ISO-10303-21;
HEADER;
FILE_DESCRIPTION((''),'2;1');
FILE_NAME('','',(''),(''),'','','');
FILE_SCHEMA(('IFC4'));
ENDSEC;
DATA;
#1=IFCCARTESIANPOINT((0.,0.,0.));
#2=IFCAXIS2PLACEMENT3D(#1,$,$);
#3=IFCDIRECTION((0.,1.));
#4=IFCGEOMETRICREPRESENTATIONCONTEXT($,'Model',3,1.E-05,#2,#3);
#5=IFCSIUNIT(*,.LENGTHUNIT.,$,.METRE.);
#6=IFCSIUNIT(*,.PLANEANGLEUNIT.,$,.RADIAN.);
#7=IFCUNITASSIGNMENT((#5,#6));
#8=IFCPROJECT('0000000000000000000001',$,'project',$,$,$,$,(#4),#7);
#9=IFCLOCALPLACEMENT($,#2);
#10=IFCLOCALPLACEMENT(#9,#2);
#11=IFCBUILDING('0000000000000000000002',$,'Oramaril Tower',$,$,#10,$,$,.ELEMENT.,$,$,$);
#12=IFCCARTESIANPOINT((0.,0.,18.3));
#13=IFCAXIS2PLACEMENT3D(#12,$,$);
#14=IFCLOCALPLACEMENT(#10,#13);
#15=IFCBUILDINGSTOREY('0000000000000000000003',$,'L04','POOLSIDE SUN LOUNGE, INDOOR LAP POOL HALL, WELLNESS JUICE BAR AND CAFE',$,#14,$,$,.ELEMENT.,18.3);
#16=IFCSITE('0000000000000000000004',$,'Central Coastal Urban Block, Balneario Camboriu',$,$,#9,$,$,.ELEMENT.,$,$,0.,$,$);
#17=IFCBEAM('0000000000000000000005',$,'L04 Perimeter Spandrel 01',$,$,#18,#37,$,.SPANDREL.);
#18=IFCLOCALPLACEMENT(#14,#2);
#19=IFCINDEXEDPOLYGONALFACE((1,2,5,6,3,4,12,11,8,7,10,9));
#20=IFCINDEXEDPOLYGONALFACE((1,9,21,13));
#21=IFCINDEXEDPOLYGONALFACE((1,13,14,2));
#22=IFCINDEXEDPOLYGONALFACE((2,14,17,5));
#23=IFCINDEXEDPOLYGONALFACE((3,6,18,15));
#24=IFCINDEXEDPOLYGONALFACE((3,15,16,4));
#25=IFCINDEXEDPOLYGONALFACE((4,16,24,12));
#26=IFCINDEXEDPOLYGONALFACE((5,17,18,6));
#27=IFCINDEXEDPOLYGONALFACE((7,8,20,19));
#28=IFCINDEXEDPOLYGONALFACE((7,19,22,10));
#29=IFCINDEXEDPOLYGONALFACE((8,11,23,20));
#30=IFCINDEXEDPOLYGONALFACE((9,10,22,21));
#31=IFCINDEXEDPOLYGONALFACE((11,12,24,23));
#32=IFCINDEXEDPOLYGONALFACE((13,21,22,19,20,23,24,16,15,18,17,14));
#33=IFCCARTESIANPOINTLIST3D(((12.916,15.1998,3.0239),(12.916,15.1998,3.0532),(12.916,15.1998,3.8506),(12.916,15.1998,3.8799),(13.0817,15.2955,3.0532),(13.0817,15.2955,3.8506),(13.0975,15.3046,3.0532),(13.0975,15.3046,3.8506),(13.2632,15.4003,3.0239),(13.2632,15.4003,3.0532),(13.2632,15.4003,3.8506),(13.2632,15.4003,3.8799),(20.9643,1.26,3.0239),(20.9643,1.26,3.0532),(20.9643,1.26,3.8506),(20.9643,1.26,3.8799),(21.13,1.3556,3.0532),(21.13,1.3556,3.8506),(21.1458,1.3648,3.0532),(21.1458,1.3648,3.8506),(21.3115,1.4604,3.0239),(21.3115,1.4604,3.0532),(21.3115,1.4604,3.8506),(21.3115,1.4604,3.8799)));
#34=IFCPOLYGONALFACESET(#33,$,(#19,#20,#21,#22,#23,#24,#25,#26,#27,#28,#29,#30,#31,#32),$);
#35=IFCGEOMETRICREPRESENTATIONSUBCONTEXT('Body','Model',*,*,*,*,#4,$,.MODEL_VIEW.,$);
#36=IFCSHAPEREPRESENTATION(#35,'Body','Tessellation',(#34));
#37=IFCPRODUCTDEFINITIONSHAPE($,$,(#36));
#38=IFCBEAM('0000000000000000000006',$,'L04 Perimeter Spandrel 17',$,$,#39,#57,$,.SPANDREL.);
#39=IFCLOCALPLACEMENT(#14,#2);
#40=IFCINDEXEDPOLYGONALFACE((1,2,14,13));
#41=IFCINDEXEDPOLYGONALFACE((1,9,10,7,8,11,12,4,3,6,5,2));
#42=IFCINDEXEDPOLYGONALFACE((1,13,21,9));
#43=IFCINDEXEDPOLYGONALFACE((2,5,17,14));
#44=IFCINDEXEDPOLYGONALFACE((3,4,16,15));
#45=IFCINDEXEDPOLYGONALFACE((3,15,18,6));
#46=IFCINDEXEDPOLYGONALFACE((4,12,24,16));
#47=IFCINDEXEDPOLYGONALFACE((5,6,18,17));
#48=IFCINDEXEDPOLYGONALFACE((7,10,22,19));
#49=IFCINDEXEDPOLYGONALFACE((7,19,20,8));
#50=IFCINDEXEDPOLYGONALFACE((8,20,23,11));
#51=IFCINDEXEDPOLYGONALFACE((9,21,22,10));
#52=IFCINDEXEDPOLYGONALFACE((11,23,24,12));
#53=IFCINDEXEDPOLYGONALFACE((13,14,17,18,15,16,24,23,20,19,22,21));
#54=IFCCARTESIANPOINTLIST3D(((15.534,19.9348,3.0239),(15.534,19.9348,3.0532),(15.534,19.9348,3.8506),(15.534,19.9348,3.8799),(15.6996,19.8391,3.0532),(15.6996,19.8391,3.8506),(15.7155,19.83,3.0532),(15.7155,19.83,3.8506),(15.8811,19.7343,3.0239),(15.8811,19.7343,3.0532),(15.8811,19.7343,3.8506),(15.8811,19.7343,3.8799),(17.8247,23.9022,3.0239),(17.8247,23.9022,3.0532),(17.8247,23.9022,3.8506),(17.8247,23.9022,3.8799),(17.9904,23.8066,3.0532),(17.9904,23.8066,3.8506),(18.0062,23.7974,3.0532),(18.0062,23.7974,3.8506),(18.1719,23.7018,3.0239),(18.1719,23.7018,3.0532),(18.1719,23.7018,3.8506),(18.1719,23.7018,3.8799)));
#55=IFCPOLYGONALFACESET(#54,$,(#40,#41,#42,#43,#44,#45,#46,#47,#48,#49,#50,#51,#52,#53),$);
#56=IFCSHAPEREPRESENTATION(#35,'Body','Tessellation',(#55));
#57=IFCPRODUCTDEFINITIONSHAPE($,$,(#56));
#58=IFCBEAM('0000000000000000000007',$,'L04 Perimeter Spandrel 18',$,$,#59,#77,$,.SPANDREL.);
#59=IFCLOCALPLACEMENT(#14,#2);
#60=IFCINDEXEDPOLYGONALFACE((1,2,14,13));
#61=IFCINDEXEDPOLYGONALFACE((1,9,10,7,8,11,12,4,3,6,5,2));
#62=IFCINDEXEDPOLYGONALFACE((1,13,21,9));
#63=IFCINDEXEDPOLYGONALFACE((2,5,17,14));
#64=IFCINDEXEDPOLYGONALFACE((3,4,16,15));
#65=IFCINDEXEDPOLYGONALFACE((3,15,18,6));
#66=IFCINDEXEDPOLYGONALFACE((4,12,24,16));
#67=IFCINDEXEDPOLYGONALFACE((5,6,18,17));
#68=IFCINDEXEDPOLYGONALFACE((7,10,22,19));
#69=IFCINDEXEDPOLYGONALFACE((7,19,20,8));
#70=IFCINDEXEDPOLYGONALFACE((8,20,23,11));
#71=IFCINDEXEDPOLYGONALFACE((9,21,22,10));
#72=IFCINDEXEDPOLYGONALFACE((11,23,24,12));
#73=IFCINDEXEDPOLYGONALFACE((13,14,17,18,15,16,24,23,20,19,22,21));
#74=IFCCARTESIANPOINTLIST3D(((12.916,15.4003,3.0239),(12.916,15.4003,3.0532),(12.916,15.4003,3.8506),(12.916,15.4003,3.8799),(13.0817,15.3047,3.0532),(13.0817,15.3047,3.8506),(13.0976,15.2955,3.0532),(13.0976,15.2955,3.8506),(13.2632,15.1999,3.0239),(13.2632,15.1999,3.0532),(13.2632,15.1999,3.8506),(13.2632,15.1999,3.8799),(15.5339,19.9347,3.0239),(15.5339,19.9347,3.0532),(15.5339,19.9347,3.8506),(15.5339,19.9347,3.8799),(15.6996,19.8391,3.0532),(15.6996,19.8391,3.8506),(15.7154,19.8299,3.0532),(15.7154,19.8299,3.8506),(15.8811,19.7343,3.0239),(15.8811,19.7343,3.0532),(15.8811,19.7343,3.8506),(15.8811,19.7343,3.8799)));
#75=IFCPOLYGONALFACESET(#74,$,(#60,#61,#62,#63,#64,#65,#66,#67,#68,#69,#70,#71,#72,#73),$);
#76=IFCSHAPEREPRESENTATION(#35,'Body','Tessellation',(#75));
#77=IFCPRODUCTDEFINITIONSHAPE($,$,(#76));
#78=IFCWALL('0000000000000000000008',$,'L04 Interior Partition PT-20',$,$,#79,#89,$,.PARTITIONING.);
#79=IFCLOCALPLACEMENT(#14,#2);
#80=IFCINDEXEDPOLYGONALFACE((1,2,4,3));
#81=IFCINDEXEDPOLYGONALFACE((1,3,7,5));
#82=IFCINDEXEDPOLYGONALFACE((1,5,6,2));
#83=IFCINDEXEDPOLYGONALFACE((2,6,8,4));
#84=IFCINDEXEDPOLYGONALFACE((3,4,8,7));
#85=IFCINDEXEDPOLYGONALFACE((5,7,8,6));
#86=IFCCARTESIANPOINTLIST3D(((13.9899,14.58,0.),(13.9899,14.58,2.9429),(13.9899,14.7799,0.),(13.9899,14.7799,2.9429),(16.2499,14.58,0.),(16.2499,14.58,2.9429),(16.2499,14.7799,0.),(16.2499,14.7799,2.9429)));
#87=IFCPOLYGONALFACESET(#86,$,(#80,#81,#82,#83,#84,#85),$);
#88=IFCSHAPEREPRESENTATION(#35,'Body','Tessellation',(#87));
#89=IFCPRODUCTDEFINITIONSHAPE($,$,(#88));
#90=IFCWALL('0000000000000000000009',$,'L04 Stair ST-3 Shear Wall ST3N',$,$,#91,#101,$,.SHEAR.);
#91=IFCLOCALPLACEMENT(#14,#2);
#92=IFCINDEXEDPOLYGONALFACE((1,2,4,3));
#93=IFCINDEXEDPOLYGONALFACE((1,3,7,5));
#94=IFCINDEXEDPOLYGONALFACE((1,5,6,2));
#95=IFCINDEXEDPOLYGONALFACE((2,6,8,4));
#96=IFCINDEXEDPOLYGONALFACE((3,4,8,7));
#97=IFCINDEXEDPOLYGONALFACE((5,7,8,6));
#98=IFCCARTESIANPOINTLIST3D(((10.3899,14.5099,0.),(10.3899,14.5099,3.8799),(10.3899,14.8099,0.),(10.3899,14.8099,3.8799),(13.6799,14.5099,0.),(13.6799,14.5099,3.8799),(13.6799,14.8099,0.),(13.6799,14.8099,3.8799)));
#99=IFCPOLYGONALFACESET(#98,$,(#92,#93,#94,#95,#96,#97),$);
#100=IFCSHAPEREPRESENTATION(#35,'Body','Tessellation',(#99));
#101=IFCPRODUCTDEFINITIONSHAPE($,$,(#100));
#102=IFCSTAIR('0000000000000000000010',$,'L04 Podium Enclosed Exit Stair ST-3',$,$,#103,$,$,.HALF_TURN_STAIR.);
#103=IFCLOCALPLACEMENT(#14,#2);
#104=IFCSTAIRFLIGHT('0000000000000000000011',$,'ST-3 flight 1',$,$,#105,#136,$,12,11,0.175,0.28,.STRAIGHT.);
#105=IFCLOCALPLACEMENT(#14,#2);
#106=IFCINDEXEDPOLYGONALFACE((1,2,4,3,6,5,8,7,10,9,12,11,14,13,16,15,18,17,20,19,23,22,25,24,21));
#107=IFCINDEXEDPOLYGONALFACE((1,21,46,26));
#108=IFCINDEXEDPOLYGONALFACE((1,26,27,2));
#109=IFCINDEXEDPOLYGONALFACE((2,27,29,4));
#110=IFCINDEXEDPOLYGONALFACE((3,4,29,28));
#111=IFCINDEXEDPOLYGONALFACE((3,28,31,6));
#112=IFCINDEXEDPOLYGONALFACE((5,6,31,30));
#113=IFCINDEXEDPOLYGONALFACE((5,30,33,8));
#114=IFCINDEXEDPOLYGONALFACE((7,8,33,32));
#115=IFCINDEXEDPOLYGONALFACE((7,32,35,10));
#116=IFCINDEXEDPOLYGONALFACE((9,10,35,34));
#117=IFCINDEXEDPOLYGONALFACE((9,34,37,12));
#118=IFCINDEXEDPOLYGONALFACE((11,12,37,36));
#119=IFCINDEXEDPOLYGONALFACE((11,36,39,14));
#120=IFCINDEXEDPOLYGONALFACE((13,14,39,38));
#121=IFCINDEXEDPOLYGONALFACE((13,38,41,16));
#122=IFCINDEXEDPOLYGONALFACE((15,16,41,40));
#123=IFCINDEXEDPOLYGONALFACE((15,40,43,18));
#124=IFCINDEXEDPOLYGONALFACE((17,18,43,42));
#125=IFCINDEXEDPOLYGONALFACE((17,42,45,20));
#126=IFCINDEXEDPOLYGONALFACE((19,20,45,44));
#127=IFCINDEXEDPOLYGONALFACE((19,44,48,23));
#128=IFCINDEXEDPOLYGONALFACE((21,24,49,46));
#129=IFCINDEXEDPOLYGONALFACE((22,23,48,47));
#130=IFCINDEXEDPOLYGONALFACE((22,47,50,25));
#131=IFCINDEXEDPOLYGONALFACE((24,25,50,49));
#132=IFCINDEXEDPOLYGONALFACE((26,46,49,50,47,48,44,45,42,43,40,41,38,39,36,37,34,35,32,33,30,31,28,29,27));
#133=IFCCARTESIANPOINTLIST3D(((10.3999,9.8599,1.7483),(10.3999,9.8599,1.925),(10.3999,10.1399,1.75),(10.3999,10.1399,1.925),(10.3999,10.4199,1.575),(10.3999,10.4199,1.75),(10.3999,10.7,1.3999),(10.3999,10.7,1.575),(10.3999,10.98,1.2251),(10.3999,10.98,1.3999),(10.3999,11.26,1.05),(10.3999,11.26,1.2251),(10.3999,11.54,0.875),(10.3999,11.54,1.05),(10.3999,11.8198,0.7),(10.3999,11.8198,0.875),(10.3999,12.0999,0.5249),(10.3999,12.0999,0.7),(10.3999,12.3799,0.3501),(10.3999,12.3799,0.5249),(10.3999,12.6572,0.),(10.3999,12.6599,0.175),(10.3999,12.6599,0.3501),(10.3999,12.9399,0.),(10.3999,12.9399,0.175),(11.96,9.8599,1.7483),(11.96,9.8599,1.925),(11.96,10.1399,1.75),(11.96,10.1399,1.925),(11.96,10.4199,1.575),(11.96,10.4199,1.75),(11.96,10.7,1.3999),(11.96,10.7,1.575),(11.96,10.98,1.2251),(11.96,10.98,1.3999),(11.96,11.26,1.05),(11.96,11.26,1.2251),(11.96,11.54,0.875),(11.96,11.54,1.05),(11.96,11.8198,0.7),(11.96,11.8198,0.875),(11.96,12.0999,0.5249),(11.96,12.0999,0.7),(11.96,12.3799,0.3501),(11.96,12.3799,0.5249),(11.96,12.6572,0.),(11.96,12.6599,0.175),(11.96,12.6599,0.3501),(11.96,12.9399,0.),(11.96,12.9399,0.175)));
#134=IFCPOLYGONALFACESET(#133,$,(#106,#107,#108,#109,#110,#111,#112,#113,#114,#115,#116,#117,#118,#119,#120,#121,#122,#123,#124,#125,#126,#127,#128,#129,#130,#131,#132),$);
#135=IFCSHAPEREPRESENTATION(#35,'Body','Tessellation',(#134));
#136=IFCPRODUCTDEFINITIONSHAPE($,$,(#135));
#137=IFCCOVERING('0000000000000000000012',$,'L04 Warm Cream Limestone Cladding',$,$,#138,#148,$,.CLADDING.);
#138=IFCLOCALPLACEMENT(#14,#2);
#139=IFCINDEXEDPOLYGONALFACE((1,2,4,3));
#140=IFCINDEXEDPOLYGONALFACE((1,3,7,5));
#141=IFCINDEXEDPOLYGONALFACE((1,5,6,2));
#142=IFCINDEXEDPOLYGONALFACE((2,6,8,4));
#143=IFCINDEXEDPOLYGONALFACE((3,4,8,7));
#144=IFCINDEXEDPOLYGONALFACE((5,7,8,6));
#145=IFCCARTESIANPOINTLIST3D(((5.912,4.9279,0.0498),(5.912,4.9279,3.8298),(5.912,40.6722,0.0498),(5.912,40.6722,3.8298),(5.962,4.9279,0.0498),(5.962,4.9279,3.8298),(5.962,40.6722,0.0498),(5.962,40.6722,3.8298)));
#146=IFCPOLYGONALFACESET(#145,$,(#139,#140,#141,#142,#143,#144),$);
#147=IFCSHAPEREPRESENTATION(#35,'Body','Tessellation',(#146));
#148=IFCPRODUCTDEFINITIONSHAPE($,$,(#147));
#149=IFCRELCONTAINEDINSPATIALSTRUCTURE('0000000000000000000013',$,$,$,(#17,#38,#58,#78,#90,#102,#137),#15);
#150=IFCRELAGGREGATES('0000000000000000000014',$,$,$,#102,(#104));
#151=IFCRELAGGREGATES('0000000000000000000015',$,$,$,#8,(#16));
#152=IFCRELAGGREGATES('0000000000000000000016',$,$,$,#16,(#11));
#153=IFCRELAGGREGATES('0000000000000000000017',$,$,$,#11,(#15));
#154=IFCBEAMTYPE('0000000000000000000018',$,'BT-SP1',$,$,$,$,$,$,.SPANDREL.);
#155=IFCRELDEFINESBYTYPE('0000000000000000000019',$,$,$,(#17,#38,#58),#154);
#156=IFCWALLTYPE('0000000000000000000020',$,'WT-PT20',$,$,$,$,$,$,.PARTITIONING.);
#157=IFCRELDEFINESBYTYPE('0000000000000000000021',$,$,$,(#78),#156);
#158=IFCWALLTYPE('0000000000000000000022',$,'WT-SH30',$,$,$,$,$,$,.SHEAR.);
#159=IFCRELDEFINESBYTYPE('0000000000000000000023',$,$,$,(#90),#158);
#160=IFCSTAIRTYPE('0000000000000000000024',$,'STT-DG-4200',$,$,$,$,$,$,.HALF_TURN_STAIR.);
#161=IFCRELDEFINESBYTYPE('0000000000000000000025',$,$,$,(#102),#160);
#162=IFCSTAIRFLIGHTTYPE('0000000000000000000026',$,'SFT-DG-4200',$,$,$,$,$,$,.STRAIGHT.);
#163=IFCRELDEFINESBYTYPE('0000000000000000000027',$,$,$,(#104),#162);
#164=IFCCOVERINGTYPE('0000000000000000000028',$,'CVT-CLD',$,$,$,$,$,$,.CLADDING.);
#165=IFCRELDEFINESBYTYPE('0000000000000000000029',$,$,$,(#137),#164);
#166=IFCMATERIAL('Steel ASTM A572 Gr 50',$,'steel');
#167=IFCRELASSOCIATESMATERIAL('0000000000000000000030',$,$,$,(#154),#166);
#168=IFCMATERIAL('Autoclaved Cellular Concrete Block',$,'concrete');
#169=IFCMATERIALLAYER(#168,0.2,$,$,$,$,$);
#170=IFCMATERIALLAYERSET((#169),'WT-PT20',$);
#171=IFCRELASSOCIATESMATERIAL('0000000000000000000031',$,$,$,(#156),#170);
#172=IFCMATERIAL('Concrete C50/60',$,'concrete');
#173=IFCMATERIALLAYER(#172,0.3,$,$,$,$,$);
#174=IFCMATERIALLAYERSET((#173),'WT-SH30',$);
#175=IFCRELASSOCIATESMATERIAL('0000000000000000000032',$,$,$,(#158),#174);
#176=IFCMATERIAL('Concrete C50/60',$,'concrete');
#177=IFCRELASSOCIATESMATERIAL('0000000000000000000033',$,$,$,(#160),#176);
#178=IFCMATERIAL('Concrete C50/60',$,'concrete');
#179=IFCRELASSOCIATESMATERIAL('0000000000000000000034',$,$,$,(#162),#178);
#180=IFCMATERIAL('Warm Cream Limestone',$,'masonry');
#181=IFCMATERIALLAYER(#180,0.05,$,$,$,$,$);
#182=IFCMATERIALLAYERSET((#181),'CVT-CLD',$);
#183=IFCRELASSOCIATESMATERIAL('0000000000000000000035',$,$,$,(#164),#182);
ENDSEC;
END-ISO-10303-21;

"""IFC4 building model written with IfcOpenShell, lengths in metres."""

from ifc_helpers import new_model, si_unit, direction, frame, frame_2d, origin, origin_2d, place, context, subcontext, project, spatial, polyline, rectangle, i_section, outline, extrude, material, layer, layer_set, material_profile, profile_set, type_object, element, aggregate, save


model = new_model("IFC4")

# Units and contexts
model_context = context("Model", 3, precision=1e-05, world=origin(), true_north=direction((0.0, 1.0)))
body_context = subcontext(model_context, "Body", "Model", "MODEL_VIEW")
ifc_project = project(units=[si_unit("LENGTHUNIT", "METRE"), si_unit("PLANEANGLEUNIT", "RADIAN")], contexts=[model_context])

# Site, building, storey
site_placement = place(None, origin())
site = spatial("IfcSite", under=ifc_project, at=site_placement, Name="Central Coastal Urban Block, Balneario Camboriu", CompositionType="ELEMENT", RefElevation=0.0)
building_placement = place(site_placement, origin())
building = spatial("IfcBuilding", under=site, at=building_placement, Name="Oramaril Tower", CompositionType="ELEMENT")
storey_placement = place(building_placement, frame((0.0, 0.0, 18.3)))
storey = spatial("IfcBuildingStorey", under=building, at=storey_placement, Name="L04", Description="POOLSIDE SUN LOUNGE, INDOOR LAP POOL HALL, WELLNESS JUICE BAR AND CAFE", CompositionType="ELEMENT", Elevation=18.3)

# Beams
ifc_material_1 = material(Name="Steel ASTM A572 Gr 50", Category="steel")
ifc_material_profile_1 = material_profile(ifc_material_1, i_section(OverallWidth=0.4009, OverallDepth=0.856, WebThickness=0.0183, FlangeThickness=0.0293, at=origin_2d()), Name="W33X201")
ifc_profile_set_1 = profile_set([ifc_material_profile_1], Name="Steel ASTM A572 Gr 50")
beam_type_1 = type_object("IfcBeamType", Name="BT-SP1", PredefinedType="SPANDREL", material=ifc_profile_set_1)
beam_1_placement = place(storey_placement, frame((13.0896, 15.3, 3.4519), z_axis=(0.500005, -0.866022, 0.0), x_axis=(0.866022, 0.500005, 0.0)))
element("IfcBeam", 1, at=beam_1_placement, inside=storey, type_object=beam_type_1, Name="L04 Perimeter Spandrel 01", PredefinedType="SPANDREL", context=body_context, shape_type="SweptSolid", body=[
    extrude(i_section(OverallWidth=0.4009, OverallDepth=0.856, WebThickness=0.0183, FlangeThickness=0.0293, at=origin_2d()), origin(), (0.0, 0.0, 1.0), 16.0964),
])
beam_2_placement = place(storey_placement, frame((17.9983, 23.802, 3.4519), z_axis=(-0.500019, -0.866014, 0.0), x_axis=(0.866014, -0.500019, 0.0)))
element("IfcBeam", 2, at=beam_2_placement, inside=storey, type_object=beam_type_1, Name="L04 Perimeter Spandrel 17", PredefinedType="SPANDREL", context=body_context, shape_type="SweptSolid", body=[
    extrude(i_section(OverallWidth=0.4009, OverallDepth=0.856, WebThickness=0.0183, FlangeThickness=0.0293, at=origin_2d()), origin(), (0.0, 0.0, 1.0), 4.5813),
])
beam_3_placement = place(storey_placement, frame((15.7075, 19.8345, 3.4519), z_axis=(-0.499996, -0.866028, 0.0), x_axis=(0.866028, -0.499996, 0.0)))
element("IfcBeam", 3, at=beam_3_placement, inside=storey, type_object=beam_type_1, Name="L04 Perimeter Spandrel 18", PredefinedType="SPANDREL", context=body_context, shape_type="SweptSolid", body=[
    extrude(i_section(OverallWidth=0.4009, OverallDepth=0.856, WebThickness=0.0183, FlangeThickness=0.0293, at=origin_2d()), origin(), (0.0, 0.0, 1.0), 5.2358),
])

# Walls
ifc_material_2 = material(Name="Autoclaved Cellular Concrete Block", Category="concrete")
ifc_layer_1 = layer(ifc_material_2, 0.2)
ifc_layer_set_1 = layer_set([ifc_layer_1], Name="WT-PT20")
wall_type_1 = type_object("IfcWallType", Name="WT-PT20", PredefinedType="PARTITIONING", material=ifc_layer_set_1)
wall_1_placement = place(storey_placement, frame((13.99, 14.6799, 0.0), z_axis=(0.0, 0.0, 1.0), x_axis=(1.0, 0.0, 0.0)))
element("IfcWall", 4, at=wall_1_placement, inside=storey, type_object=wall_type_1, Name="L04 Interior Partition PT-20", PredefinedType="PARTITIONING", context=body_context, shape_type="SweptSolid", body=[
    extrude(rectangle(XDim=2.26, YDim=0.2, at=frame_2d((1.1299, 0.0))), origin(), (0.0, 0.0, 1.0), 2.9429),
])
ifc_material_3 = material(Name="Concrete C50/60", Category="concrete")
ifc_layer_2 = layer(ifc_material_3, 0.3)
ifc_layer_set_2 = layer_set([ifc_layer_2], Name="WT-SH30")
wall_type_2 = type_object("IfcWallType", Name="WT-SH30", PredefinedType="SHEAR", material=ifc_layer_set_2)
wall_2_placement = place(storey_placement, frame((10.3899, 14.6599, 0.0), z_axis=(0.0, 0.0, 1.0), x_axis=(1.0, 0.0, 0.0)))
element("IfcWall", 5, at=wall_2_placement, inside=storey, type_object=wall_type_2, Name="L04 Stair ST-3 Shear Wall ST3N", PredefinedType="SHEAR", context=body_context, shape_type="SweptSolid", body=[
    extrude(rectangle(XDim=3.29, YDim=0.3, at=frame_2d((1.645, 0.0))), origin(), (0.0, 0.0, 1.0), 3.8799),
])

# Stair, stair flight
ifc_material_4 = material(Name="Concrete C50/60", Category="concrete")
stair_type = type_object("IfcStairType", Name="STT-DG-4200", PredefinedType="HALF_TURN_STAIR", material=ifc_material_4)
stair_placement = place(storey_placement, origin())
stair = element("IfcStair", 6, at=stair_placement, inside=storey, type_object=stair_type, Name="L04 Podium Enclosed Exit Stair ST-3", PredefinedType="HALF_TURN_STAIR")
ifc_material_5 = material(Name="Concrete C50/60", Category="concrete")
stair_flight_type = type_object("IfcStairFlightType", Name="SFT-DG-4200", PredefinedType="STRAIGHT", material=ifc_material_5)
stair_flight_placement = place(storey_placement, frame((11.1799, 12.9399, 0.0), z_axis=(0.0, 0.0, 1.0), x_axis=(0.0, -1.0, 0.0)))
stair_flight = element("IfcStairFlight", 7, at=stair_flight_placement, type_object=stair_flight_type, Name="ST-3 flight 1", NumberOfRisers=12, NumberOfTreads=11, PredefinedType="STRAIGHT", RiserHeight=0.175, TreadLength=0.28, context=body_context, shape_type="SweptSolid", body=[
    extrude(outline(polyline([(0.0, 0.0), (0.0, 0.175), (0.28, 0.175), (0.28, 0.3501), (0.5601, 0.3501), (0.5601, 0.5249), (0.8401, 0.5249), (0.8401, 0.7), (1.1201, 0.7), (1.1201, 0.875), (1.3999, 0.875), (1.3999, 1.05), (1.6799, 1.05), (1.6799, 1.2251), (1.96, 1.2251), (1.96, 1.3999), (2.24, 1.3999), (2.24, 1.575), (2.52, 1.575), (2.52, 1.75), (2.8, 1.75), (2.8, 1.925), (3.0801, 1.925), (3.0801, 2.1001), (3.0801, 1.7483), (0.2827, 0.0), (0.0, 0.0)])), frame((0.0, 0.78, 0.0), z_axis=(0.0, -1.0, 0.0), x_axis=(1.0, 0.0, 0.0)), (0.0, 0.0, 1.0), 1.5601),
])
aggregate(stair, [stair_flight])

# Covering
ifc_material_6 = material(Name="Warm Cream Limestone", Category="masonry")
ifc_layer_3 = layer(ifc_material_6, 0.05)
ifc_layer_set_3 = layer_set([ifc_layer_3], Name="CVT-CLD")
covering_type = type_object("IfcCoveringType", Name="CVT-CLD", PredefinedType="CLADDING", material=ifc_layer_set_3)
covering_placement = place(storey_placement, frame((5.937, 22.8, 0.0498), z_axis=(0.0, 0.0, 1.0), x_axis=(0.0, -1.0, 0.0)))
element("IfcCovering", 8, at=covering_placement, inside=storey, type_object=covering_type, Name="L04 Warm Cream Limestone Cladding", PredefinedType="CLADDING", context=body_context, shape_type="SweptSolid", body=[
    extrude(rectangle(XDim=35.7444, YDim=0.05, at=origin_2d()), origin(), (0.0, 0.0, 1.0), 3.78),
])

save(model, "model.ifc")
